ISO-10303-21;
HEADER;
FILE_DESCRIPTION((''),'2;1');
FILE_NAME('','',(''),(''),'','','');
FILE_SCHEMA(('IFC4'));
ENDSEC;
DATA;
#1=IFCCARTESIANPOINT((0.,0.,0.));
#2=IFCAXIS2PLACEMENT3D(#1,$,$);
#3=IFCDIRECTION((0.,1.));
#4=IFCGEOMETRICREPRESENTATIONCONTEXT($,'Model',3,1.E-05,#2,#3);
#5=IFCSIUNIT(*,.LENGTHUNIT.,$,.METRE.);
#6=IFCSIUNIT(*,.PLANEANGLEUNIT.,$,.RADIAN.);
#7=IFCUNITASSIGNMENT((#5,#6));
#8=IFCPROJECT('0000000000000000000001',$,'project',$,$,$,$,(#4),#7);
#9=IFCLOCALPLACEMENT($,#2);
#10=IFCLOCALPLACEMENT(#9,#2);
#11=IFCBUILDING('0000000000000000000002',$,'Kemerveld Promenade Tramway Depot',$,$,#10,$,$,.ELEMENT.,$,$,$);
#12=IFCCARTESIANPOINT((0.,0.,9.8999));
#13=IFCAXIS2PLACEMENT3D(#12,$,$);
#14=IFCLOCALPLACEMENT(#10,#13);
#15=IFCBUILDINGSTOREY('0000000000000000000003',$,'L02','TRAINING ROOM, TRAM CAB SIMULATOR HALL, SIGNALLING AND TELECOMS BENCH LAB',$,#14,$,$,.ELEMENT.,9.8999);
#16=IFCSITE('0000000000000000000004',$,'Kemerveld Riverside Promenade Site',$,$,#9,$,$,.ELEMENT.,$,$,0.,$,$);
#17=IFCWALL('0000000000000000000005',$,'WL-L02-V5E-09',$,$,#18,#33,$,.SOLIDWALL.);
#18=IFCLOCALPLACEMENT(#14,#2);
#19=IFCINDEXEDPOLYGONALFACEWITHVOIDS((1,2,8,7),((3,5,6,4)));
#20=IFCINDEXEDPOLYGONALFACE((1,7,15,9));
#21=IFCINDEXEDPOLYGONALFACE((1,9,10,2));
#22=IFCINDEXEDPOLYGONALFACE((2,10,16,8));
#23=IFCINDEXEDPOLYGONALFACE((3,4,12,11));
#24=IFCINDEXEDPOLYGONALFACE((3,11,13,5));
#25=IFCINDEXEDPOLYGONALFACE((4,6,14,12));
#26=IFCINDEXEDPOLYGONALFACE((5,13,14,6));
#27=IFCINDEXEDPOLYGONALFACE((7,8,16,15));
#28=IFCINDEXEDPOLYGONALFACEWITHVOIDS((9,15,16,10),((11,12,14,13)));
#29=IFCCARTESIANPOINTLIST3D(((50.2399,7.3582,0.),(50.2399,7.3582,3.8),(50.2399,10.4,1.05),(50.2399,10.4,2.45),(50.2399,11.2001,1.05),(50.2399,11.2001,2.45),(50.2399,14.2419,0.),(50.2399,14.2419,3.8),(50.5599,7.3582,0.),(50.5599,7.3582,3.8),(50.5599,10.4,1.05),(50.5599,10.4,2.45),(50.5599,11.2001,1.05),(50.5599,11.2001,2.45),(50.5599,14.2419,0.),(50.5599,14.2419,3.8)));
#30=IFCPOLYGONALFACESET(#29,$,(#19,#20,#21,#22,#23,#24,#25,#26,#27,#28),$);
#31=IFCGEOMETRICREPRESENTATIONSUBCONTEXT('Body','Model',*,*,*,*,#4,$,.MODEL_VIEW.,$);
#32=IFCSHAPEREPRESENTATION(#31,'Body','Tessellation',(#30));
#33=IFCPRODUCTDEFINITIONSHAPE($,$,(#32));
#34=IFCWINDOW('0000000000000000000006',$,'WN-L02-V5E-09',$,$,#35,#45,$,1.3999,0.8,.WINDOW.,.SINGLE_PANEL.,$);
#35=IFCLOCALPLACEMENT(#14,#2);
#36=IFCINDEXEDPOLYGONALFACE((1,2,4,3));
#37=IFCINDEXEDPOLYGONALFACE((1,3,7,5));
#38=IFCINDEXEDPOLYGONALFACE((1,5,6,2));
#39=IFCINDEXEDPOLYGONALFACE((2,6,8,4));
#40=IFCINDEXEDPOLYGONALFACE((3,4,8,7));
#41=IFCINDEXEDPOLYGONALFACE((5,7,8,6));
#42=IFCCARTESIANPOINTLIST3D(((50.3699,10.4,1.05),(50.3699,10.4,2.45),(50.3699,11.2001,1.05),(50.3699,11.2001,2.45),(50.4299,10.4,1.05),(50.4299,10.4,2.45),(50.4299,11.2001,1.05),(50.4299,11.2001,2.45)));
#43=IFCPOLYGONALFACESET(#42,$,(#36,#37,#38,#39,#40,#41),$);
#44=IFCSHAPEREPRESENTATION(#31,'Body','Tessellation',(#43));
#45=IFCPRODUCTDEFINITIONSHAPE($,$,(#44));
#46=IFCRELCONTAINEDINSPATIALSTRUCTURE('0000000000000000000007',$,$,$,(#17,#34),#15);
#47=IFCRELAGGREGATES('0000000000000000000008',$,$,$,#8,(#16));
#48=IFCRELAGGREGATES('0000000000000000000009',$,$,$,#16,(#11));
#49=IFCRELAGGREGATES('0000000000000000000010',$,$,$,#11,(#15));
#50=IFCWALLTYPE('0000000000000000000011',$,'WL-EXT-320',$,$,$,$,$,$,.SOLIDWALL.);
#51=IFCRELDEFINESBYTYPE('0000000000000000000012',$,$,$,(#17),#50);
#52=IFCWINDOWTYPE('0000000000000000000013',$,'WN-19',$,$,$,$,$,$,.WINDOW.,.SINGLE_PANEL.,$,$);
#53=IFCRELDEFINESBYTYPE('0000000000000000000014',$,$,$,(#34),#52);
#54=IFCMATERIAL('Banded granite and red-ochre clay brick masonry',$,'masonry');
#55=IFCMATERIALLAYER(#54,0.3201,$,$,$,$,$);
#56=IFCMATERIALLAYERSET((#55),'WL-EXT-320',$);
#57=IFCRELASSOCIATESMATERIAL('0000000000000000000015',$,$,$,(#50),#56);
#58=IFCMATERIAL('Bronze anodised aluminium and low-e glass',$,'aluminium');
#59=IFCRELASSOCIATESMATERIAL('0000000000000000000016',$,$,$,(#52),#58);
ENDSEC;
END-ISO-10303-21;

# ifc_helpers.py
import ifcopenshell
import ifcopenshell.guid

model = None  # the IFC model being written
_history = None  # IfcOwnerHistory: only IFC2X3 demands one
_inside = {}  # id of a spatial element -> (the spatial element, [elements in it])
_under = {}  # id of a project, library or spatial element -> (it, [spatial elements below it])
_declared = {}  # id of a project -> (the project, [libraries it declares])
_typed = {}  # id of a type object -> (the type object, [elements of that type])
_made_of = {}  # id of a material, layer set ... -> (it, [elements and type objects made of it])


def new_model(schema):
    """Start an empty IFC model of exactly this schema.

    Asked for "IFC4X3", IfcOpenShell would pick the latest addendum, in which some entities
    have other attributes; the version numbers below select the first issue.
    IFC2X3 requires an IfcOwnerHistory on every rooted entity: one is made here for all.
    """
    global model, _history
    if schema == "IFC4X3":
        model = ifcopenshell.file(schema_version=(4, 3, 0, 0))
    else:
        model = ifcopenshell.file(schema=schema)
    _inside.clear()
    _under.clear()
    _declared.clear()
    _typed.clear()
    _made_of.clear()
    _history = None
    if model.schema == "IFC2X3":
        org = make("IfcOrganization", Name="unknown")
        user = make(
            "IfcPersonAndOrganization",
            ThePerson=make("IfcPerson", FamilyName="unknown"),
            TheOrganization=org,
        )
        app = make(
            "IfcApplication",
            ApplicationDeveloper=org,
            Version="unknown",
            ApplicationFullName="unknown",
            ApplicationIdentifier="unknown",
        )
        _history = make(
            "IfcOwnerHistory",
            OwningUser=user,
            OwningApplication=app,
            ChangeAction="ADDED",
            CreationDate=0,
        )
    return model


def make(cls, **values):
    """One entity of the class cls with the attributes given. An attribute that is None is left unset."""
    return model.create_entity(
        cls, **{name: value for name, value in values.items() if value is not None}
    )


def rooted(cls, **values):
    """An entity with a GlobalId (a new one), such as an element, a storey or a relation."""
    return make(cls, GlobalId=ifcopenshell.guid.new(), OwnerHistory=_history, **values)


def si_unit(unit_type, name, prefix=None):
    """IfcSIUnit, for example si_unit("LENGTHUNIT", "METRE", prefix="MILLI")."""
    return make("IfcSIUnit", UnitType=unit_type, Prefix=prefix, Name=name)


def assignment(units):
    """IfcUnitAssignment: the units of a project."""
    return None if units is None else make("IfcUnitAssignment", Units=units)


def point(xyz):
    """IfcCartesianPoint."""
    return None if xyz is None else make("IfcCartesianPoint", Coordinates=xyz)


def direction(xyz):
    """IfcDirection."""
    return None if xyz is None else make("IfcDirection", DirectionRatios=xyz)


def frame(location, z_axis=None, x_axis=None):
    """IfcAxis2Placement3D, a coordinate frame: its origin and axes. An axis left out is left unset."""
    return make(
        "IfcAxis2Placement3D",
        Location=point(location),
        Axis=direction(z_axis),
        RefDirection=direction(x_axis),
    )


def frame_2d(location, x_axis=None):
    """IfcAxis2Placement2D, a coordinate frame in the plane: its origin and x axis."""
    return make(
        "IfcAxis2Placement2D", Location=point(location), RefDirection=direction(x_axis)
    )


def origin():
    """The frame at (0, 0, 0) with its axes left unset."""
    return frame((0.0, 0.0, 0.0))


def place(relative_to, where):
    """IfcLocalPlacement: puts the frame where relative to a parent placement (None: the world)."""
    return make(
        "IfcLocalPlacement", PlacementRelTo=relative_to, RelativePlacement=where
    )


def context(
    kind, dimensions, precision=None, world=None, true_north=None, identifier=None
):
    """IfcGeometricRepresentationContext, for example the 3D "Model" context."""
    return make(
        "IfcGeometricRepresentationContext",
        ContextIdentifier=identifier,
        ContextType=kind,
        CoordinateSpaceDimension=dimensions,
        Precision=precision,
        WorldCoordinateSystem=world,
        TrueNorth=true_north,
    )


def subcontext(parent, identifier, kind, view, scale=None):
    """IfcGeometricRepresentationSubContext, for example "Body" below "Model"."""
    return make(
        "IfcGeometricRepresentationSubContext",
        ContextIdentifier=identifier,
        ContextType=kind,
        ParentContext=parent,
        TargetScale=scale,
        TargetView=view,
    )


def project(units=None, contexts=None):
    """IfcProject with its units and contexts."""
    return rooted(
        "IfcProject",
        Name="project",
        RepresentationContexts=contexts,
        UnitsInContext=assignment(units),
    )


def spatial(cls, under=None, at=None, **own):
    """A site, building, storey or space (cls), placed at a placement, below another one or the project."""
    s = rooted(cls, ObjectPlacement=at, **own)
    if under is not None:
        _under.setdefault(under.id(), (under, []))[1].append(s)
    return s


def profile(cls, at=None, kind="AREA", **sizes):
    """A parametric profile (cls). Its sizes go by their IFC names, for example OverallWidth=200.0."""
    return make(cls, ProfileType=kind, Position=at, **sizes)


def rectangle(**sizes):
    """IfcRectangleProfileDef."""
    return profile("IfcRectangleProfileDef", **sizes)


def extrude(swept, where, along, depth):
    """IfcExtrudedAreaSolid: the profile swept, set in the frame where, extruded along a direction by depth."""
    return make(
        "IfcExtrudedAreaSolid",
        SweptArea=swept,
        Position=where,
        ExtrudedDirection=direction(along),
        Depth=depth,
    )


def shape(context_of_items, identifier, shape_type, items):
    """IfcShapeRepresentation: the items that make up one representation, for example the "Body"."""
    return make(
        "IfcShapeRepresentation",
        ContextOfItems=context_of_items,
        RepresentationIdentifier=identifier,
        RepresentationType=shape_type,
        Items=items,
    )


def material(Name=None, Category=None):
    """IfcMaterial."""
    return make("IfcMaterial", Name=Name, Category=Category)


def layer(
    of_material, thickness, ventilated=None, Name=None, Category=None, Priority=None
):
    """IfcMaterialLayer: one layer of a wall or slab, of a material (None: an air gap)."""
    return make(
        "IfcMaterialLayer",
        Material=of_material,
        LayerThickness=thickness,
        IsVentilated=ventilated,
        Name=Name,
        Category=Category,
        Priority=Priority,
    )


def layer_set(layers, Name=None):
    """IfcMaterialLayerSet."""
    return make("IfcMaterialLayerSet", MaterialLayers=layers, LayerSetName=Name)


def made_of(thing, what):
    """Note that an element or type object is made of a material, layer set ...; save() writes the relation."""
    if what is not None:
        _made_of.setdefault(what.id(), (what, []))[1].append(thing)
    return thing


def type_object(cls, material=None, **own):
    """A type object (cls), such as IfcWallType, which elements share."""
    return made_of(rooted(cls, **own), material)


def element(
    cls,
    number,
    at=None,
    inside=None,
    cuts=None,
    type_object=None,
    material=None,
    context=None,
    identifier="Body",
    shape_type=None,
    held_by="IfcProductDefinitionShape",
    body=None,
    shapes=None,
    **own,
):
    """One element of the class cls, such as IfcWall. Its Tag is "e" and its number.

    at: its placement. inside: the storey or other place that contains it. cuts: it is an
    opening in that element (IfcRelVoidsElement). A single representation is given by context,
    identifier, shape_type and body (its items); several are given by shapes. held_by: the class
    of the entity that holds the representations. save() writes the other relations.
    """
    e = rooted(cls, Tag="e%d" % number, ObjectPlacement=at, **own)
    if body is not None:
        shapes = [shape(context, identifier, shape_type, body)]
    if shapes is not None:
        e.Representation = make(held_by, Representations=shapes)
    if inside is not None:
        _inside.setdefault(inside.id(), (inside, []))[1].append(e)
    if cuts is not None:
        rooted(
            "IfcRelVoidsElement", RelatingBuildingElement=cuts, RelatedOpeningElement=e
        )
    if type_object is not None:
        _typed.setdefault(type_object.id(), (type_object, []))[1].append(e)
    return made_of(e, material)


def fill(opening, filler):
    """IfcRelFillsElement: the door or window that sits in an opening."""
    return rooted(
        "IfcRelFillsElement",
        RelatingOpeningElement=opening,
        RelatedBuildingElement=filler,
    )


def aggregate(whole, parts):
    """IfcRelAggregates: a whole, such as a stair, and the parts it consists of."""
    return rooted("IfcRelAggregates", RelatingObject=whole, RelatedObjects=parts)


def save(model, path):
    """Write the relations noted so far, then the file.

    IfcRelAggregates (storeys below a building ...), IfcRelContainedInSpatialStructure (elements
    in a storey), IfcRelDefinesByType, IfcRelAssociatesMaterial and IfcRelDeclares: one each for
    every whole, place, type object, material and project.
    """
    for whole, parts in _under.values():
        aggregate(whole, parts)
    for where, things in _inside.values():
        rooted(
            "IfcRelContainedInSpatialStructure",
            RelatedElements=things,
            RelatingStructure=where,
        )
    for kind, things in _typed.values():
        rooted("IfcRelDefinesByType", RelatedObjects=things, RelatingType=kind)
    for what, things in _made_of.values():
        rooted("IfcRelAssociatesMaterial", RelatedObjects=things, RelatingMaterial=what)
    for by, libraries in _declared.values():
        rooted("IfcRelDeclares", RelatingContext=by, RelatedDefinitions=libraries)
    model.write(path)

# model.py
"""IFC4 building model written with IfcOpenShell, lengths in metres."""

from ifc_helpers import new_model, si_unit, direction, frame, frame_2d, origin, place, context, subcontext, project, spatial, rectangle, extrude, material, layer, layer_set, type_object, element, fill, save


model = new_model("IFC4")

# Units and contexts
model_context = context("Model", 3, precision=1e-05, world=origin(), true_north=direction((0.0, 1.0)))
body_context = subcontext(model_context, "Body", "Model", "MODEL_VIEW")
ifc_project = project(units=[si_unit("LENGTHUNIT", "METRE"), si_unit("PLANEANGLEUNIT", "RADIAN")], contexts=[model_context])

# Site, building, storey
site_placement = place(None, origin())
site = spatial("IfcSite", under=ifc_project, at=site_placement, Name="Kemerveld Riverside Promenade Site", CompositionType="ELEMENT", RefElevation=0.0)
building_placement = place(site_placement, origin())
building = spatial("IfcBuilding", under=site, at=building_placement, Name="Kemerveld Promenade Tramway Depot", CompositionType="ELEMENT")
storey_placement = place(building_placement, frame((0.0, 0.0, 9.8999)))
storey = spatial("IfcBuildingStorey", under=building, at=storey_placement, Name="L02", Description="TRAINING ROOM, TRAM CAB SIMULATOR HALL, SIGNALLING AND TELECOMS BENCH LAB", CompositionType="ELEMENT", Elevation=9.8999)

# Wall, opening, window
ifc_material_1 = material(Name="Banded granite and red-ochre clay brick masonry", Category="masonry")
ifc_layer_1 = layer(ifc_material_1, 0.3201)
ifc_layer_set_1 = layer_set([ifc_layer_1], Name="WL-EXT-320")
wall_type = type_object("IfcWallType", Name="WL-EXT-320", PredefinedType="SOLIDWALL", material=ifc_layer_set_1)
wall_placement = place(storey_placement, frame((50.3999, 14.2419, 0.0), z_axis=(0.0, 0.0, 1.0), x_axis=(0.0, -1.0, 0.0)))
wall = element("IfcWall", 1, at=wall_placement, inside=storey, type_object=wall_type, Name="WL-L02-V5E-09", PredefinedType="SOLIDWALL", context=body_context, shape_type="SweptSolid", body=[
    extrude(rectangle(XDim=6.8838, YDim=0.3201, at=frame_2d((3.4419, 0.0))), origin(), (0.0, 0.0, 1.0), 3.8),
])
opening_placement = place(wall_placement, frame((3.042, 0.0, 1.05)))
opening = element("IfcOpeningElement", 2, at=opening_placement, cuts=wall, PredefinedType="OPENING", context=body_context, shape_type="SweptSolid", body=[
    extrude(rectangle(XDim=0.8, YDim=1.3999, at=frame_2d((0.3999, 0.7))), frame((0.0, 0.1699, 0.0), z_axis=(0.0, -1.0, 0.0), x_axis=(1.0, 0.0, 0.0)), (0.0, 0.0, 1.0), 0.3401),
])
ifc_material_2 = material(Name="Bronze anodised aluminium and low-e glass", Category="aluminium")
window_type = type_object("IfcWindowType", Name="WN-19", PartitioningType="SINGLE_PANEL", PredefinedType="WINDOW", material=ifc_material_2)
window_placement = place(opening_placement, origin())
window = element("IfcWindow", 3, at=window_placement, inside=storey, type_object=window_type, Name="WN-L02-V5E-09", OverallHeight=1.3999, OverallWidth=0.8, PartitioningType="SINGLE_PANEL", PredefinedType="WINDOW", context=body_context, shape_type="SweptSolid", body=[
    extrude(rectangle(XDim=0.8, YDim=1.3999, at=frame_2d((0.3999, 0.7))), frame((0.0, 0.03, 0.0), z_axis=(0.0, -1.0, 0.0), x_axis=(1.0, 0.0, 0.0)), (0.0, 0.0, 1.0), 0.0601),
])
fill(opening, window)

save(model, "model.ifc")
